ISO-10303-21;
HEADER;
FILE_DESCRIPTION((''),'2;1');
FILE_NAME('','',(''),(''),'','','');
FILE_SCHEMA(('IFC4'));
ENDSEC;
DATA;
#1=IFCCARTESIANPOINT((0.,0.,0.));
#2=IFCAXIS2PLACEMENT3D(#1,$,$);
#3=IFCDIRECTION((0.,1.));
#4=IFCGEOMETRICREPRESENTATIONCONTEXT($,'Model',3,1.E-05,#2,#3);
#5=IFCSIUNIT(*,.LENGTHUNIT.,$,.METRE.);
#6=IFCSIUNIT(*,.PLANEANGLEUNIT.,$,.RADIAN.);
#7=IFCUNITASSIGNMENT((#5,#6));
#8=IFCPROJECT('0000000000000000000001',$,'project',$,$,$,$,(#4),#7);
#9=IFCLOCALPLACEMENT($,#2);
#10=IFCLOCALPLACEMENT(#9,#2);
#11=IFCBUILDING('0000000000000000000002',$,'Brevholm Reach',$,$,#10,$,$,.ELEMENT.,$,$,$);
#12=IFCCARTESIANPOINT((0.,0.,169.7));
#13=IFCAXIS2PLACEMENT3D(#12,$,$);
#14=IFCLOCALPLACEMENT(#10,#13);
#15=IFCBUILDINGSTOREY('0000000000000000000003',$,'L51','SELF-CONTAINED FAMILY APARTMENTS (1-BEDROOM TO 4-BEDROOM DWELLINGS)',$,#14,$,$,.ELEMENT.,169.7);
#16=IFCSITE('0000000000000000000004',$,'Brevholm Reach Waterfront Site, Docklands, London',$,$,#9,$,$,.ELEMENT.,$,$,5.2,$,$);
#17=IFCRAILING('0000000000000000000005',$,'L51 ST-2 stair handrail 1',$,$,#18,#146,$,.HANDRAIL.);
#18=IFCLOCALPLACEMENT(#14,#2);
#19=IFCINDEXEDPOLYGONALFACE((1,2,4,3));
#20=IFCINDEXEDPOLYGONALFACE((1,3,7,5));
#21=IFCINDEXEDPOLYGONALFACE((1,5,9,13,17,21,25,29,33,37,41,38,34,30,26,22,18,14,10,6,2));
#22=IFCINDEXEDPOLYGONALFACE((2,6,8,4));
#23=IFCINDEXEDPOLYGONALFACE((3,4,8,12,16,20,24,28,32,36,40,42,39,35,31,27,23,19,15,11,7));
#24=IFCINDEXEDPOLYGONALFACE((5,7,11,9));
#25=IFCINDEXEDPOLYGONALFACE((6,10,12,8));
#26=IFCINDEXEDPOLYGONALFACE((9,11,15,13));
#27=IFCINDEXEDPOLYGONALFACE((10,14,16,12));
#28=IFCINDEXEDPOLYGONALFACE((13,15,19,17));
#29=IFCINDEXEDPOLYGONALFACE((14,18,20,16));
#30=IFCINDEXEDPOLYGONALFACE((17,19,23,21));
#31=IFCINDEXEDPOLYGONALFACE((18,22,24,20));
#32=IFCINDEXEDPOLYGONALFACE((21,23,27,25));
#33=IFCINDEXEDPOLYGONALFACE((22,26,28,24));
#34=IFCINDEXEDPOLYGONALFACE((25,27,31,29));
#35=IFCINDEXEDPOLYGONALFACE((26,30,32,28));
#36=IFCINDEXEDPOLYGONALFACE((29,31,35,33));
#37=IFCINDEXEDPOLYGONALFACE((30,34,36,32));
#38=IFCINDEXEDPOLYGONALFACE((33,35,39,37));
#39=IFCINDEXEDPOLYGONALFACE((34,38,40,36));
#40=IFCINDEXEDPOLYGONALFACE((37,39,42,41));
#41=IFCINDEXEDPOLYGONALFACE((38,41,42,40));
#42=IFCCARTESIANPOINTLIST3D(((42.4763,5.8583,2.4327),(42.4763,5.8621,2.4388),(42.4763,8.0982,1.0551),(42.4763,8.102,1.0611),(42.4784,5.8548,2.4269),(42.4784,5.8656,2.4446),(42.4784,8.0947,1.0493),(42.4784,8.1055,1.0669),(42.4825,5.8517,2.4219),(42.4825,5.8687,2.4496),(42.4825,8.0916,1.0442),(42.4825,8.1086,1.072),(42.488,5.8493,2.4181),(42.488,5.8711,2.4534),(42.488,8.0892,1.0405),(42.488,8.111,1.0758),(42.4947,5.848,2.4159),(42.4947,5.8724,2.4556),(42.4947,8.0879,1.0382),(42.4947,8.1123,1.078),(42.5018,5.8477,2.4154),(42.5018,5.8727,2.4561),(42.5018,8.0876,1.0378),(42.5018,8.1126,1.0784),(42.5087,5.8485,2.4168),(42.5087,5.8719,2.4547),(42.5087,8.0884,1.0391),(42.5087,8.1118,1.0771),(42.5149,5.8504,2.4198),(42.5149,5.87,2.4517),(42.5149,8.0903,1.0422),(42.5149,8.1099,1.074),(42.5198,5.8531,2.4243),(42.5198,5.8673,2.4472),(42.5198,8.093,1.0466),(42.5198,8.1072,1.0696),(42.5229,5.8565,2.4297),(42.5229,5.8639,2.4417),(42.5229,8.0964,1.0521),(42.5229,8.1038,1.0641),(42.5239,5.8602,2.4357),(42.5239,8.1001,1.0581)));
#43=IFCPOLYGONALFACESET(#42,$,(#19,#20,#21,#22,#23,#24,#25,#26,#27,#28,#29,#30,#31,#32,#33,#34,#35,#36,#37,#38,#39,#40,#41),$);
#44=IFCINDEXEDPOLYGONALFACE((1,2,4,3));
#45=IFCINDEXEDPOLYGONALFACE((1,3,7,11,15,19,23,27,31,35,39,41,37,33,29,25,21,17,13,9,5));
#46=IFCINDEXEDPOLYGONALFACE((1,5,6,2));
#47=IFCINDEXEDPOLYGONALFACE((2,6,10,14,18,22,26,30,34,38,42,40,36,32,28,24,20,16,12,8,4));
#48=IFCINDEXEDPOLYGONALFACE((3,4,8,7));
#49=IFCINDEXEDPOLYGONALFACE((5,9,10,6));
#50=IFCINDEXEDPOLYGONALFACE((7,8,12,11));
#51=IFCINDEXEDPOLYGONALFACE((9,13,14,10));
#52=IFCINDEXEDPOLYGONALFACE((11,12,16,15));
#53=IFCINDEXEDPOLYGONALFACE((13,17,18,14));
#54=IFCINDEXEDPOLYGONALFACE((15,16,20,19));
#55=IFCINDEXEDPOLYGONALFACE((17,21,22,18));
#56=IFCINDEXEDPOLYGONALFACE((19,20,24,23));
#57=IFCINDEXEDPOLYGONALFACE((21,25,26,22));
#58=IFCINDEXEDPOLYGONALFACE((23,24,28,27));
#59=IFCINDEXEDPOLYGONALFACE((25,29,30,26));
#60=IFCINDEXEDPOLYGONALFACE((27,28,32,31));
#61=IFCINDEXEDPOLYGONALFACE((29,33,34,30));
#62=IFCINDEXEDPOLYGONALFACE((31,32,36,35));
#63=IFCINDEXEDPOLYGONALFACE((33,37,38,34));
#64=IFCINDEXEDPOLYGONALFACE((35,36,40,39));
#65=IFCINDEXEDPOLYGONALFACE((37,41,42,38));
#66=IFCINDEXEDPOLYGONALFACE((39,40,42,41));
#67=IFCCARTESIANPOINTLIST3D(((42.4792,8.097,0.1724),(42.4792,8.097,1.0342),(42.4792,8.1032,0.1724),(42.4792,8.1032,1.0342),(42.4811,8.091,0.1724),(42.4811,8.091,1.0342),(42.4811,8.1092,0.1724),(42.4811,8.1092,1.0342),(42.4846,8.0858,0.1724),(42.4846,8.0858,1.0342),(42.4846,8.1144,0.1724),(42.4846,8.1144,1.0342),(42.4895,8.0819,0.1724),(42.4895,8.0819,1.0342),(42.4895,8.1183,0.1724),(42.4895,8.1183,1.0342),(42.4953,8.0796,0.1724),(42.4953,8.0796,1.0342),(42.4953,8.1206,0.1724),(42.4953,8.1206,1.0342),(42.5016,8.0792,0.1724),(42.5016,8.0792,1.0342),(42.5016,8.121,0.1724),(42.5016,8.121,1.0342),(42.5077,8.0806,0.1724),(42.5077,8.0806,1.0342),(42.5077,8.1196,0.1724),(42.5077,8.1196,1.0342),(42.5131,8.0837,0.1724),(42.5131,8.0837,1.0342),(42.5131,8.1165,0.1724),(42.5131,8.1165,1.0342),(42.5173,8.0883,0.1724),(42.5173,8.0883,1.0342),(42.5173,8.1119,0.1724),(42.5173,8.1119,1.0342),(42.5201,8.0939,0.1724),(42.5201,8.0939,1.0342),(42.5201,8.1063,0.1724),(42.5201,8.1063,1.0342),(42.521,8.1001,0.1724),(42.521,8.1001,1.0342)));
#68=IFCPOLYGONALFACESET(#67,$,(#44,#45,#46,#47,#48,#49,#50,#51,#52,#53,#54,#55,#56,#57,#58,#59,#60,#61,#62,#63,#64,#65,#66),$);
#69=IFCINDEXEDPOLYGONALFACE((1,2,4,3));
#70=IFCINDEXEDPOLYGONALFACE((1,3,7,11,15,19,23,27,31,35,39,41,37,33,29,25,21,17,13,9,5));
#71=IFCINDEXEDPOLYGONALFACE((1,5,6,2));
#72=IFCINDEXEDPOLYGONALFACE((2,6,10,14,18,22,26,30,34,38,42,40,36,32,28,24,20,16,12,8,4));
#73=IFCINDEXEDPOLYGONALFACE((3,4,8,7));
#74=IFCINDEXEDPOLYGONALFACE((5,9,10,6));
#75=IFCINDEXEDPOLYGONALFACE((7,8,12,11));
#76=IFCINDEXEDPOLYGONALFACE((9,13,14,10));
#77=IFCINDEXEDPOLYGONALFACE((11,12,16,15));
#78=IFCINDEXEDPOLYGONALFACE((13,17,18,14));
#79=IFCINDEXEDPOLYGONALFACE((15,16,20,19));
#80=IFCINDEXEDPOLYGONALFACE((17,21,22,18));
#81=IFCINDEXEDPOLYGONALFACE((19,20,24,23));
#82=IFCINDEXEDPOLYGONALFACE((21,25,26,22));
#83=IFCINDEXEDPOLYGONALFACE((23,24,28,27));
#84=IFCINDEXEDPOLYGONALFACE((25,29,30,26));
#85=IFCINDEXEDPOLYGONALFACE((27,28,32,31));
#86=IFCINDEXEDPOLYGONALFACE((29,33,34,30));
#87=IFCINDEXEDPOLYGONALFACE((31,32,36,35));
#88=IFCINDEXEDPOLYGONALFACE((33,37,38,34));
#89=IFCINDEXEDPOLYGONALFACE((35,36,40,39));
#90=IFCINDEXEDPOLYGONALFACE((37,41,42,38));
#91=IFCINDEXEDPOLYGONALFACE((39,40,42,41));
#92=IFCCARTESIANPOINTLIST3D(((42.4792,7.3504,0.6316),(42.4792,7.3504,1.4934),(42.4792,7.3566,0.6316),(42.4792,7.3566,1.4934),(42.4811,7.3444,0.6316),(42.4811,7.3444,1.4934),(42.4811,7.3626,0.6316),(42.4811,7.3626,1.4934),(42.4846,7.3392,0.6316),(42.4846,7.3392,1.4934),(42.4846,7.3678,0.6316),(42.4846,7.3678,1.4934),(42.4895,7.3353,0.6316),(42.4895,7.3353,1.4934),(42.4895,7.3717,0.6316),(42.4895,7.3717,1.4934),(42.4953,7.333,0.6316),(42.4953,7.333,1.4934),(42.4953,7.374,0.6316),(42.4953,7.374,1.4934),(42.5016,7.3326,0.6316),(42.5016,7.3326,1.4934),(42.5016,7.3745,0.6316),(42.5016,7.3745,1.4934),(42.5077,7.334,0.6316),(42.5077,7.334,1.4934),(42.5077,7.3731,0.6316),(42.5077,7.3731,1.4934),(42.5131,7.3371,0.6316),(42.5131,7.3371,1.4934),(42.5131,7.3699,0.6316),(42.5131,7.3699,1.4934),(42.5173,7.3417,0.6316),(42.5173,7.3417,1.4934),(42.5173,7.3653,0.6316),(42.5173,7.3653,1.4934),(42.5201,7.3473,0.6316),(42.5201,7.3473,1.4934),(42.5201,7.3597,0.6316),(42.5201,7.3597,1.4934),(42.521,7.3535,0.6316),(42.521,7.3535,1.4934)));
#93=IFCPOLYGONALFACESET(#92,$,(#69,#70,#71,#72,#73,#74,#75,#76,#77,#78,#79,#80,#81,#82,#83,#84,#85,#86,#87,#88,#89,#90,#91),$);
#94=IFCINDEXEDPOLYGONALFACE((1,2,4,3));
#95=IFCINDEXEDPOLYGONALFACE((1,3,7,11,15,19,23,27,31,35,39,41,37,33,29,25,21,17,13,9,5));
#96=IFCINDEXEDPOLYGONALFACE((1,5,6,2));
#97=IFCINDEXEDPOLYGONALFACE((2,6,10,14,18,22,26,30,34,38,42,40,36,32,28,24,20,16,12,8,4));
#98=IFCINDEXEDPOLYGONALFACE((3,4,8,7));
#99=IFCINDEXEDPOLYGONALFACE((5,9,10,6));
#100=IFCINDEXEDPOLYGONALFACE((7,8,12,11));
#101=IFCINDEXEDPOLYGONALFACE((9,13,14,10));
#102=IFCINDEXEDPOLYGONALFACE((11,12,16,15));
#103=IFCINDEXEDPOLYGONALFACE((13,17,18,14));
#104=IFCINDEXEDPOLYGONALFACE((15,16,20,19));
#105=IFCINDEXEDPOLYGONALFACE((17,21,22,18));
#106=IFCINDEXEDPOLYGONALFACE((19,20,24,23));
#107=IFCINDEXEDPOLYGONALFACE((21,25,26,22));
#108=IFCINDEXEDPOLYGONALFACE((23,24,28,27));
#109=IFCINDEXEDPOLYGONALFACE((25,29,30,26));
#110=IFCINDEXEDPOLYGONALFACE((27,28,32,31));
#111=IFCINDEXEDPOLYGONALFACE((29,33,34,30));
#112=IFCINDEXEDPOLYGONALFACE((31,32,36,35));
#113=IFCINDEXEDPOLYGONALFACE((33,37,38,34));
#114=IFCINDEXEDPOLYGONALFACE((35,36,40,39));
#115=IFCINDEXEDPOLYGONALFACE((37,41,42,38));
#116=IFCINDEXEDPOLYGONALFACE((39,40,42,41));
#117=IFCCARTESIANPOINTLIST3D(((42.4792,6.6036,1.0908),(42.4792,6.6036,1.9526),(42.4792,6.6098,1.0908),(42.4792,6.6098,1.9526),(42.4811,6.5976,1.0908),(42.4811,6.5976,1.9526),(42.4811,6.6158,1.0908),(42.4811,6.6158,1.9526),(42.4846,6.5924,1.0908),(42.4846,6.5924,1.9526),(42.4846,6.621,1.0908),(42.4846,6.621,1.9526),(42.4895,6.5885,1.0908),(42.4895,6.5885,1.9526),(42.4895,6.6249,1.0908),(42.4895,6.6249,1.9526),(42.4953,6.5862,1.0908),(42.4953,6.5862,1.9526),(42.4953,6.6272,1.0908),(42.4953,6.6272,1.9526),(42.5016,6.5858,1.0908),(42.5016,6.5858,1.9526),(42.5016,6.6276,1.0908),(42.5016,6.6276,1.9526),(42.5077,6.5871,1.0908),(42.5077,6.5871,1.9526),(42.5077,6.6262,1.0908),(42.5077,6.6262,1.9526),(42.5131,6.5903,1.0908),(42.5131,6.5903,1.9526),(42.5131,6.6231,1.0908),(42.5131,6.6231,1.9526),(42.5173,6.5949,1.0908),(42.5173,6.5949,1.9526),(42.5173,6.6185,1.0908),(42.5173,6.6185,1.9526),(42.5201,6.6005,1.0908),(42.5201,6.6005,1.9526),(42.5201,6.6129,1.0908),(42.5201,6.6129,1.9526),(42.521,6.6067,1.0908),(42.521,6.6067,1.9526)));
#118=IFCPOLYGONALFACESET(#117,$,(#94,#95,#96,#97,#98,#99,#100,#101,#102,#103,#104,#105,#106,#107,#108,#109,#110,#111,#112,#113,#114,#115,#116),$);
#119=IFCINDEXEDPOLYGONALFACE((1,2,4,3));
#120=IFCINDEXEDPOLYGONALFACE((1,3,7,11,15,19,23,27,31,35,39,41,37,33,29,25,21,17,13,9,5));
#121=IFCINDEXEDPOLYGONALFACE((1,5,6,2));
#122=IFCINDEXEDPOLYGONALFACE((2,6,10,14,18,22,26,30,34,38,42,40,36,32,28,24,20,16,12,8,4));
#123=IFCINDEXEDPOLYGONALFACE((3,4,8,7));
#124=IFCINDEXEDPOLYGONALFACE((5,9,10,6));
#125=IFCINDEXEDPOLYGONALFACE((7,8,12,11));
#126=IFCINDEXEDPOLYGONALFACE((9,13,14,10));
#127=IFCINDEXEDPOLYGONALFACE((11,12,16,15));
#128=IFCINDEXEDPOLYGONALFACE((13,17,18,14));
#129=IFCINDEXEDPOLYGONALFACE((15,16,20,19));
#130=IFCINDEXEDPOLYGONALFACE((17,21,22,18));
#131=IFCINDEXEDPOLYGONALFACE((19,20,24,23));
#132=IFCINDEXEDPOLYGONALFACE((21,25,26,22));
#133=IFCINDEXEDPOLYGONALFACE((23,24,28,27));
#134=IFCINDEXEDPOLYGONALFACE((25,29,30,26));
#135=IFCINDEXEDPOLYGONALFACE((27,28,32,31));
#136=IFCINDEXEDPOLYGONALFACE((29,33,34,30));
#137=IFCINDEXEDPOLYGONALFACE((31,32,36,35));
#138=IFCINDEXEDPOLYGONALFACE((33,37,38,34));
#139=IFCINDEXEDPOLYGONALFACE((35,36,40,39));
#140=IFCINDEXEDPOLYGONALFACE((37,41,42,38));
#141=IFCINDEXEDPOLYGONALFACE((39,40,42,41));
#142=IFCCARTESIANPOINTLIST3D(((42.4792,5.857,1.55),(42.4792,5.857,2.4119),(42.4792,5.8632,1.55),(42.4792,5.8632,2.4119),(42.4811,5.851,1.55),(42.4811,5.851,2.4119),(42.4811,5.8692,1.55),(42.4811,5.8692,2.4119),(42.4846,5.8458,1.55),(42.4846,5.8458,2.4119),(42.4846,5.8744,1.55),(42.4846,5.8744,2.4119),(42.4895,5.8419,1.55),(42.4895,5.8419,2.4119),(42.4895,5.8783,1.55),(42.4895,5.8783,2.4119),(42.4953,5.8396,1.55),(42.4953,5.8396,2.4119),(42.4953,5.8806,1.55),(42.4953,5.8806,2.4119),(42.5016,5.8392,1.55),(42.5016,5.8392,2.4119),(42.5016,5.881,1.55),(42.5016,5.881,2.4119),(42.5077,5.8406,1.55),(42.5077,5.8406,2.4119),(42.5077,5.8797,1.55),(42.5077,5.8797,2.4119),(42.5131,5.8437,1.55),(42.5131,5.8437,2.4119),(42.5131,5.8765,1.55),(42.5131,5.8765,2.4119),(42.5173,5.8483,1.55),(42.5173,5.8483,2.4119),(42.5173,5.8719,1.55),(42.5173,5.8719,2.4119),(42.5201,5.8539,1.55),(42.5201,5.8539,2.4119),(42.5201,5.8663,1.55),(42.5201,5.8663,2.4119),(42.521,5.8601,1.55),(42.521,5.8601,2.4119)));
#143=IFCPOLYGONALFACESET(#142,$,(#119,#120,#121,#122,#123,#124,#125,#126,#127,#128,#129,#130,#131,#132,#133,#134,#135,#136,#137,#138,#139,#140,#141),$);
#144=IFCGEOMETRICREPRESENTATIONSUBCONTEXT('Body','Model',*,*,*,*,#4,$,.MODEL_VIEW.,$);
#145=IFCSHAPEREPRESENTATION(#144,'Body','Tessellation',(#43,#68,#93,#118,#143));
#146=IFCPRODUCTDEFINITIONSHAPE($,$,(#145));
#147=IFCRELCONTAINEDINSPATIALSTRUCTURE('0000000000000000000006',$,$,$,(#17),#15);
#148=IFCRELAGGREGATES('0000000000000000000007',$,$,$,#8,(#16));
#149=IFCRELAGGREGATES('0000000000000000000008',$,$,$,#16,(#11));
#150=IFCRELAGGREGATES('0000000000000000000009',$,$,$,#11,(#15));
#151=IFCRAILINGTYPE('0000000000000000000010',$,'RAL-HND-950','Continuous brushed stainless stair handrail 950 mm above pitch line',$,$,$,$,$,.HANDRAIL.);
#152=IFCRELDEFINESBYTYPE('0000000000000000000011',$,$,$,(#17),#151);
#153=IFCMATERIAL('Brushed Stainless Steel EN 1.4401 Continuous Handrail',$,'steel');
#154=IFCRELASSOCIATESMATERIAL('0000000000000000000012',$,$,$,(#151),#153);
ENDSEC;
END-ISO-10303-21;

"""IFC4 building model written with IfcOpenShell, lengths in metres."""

from ifc_helpers import new_model, si_unit, direction, frame, origin, origin_2d, place, context, subcontext, project, spatial, circle, extrude, material, type_object, element, save


model = new_model("IFC4")

# Units and contexts
model_context = context("Model", 3, precision=1e-05, world=origin(), true_north=direction((0.0, 1.0)))
body_context = subcontext(model_context, "Body", "Model", "MODEL_VIEW")
ifc_project = project(units=[si_unit("LENGTHUNIT", "METRE"), si_unit("PLANEANGLEUNIT", "RADIAN")], contexts=[model_context])

# Site, building, storey
site_placement = place(None, origin())
site = spatial("IfcSite", under=ifc_project, at=site_placement, Name="Brevholm Reach Waterfront Site, Docklands, London", CompositionType="ELEMENT", RefElevation=5.2)
building_placement = place(site_placement, origin())
building = spatial("IfcBuilding", under=site, at=building_placement, Name="Brevholm Reach", CompositionType="ELEMENT")
storey_placement = place(building_placement, frame((0.0, 0.0, 169.7)))
storey = spatial("IfcBuildingStorey", under=building, at=storey_placement, Name="L51", Description="SELF-CONTAINED FAMILY APARTMENTS (1-BEDROOM TO 4-BEDROOM DWELLINGS)", CompositionType="ELEMENT", Elevation=169.7)

# Railing
ifc_material_1 = material(Name="Brushed Stainless Steel EN 1.4401 Continuous Handrail", Category="steel")
railing_type_1 = type_object("IfcRailingType", Name="RAL-HND-950", Description="Continuous brushed stainless stair handrail 950 mm above pitch line", PredefinedType="HANDRAIL", material=ifc_material_1)
railing_1_placement = place(storey_placement, frame((42.5, 8.1001, 0.1724)))
element("IfcRailing", 1, at=railing_1_placement, inside=storey, type_object=railing_type_1, Name="L51 ST-2 stair handrail 1", PredefinedType="HANDRAIL", context=body_context, shape_type="SweptSolid", body=[
    extrude(circle(Radius=0.0239, at=origin_2d()), frame((0.0, 0.0, 0.8857), z_axis=(0.0, -0.851789, 0.523885), x_axis=(1.0, 0.0, 0.0)), (0.0, 0.0, 1.0), 2.6296),
    extrude(circle(Radius=0.021, at=origin_2d()), origin(), (0.0, 0.0, 1.0), 0.8618),
    extrude(circle(Radius=0.021, at=origin_2d()), frame((0.0, -0.7466, 0.4592)), (0.0, 0.0, 1.0), 0.8618),
    extrude(circle(Radius=0.021, at=origin_2d()), frame((0.0, -1.4934, 0.9185)), (0.0, 0.0, 1.0), 0.8618),
    extrude(circle(Radius=0.021, at=origin_2d()), frame((0.0, -2.24, 1.3777)), (0.0, 0.0, 1.0), 0.8618),
])

save(model, "model.ifc")
